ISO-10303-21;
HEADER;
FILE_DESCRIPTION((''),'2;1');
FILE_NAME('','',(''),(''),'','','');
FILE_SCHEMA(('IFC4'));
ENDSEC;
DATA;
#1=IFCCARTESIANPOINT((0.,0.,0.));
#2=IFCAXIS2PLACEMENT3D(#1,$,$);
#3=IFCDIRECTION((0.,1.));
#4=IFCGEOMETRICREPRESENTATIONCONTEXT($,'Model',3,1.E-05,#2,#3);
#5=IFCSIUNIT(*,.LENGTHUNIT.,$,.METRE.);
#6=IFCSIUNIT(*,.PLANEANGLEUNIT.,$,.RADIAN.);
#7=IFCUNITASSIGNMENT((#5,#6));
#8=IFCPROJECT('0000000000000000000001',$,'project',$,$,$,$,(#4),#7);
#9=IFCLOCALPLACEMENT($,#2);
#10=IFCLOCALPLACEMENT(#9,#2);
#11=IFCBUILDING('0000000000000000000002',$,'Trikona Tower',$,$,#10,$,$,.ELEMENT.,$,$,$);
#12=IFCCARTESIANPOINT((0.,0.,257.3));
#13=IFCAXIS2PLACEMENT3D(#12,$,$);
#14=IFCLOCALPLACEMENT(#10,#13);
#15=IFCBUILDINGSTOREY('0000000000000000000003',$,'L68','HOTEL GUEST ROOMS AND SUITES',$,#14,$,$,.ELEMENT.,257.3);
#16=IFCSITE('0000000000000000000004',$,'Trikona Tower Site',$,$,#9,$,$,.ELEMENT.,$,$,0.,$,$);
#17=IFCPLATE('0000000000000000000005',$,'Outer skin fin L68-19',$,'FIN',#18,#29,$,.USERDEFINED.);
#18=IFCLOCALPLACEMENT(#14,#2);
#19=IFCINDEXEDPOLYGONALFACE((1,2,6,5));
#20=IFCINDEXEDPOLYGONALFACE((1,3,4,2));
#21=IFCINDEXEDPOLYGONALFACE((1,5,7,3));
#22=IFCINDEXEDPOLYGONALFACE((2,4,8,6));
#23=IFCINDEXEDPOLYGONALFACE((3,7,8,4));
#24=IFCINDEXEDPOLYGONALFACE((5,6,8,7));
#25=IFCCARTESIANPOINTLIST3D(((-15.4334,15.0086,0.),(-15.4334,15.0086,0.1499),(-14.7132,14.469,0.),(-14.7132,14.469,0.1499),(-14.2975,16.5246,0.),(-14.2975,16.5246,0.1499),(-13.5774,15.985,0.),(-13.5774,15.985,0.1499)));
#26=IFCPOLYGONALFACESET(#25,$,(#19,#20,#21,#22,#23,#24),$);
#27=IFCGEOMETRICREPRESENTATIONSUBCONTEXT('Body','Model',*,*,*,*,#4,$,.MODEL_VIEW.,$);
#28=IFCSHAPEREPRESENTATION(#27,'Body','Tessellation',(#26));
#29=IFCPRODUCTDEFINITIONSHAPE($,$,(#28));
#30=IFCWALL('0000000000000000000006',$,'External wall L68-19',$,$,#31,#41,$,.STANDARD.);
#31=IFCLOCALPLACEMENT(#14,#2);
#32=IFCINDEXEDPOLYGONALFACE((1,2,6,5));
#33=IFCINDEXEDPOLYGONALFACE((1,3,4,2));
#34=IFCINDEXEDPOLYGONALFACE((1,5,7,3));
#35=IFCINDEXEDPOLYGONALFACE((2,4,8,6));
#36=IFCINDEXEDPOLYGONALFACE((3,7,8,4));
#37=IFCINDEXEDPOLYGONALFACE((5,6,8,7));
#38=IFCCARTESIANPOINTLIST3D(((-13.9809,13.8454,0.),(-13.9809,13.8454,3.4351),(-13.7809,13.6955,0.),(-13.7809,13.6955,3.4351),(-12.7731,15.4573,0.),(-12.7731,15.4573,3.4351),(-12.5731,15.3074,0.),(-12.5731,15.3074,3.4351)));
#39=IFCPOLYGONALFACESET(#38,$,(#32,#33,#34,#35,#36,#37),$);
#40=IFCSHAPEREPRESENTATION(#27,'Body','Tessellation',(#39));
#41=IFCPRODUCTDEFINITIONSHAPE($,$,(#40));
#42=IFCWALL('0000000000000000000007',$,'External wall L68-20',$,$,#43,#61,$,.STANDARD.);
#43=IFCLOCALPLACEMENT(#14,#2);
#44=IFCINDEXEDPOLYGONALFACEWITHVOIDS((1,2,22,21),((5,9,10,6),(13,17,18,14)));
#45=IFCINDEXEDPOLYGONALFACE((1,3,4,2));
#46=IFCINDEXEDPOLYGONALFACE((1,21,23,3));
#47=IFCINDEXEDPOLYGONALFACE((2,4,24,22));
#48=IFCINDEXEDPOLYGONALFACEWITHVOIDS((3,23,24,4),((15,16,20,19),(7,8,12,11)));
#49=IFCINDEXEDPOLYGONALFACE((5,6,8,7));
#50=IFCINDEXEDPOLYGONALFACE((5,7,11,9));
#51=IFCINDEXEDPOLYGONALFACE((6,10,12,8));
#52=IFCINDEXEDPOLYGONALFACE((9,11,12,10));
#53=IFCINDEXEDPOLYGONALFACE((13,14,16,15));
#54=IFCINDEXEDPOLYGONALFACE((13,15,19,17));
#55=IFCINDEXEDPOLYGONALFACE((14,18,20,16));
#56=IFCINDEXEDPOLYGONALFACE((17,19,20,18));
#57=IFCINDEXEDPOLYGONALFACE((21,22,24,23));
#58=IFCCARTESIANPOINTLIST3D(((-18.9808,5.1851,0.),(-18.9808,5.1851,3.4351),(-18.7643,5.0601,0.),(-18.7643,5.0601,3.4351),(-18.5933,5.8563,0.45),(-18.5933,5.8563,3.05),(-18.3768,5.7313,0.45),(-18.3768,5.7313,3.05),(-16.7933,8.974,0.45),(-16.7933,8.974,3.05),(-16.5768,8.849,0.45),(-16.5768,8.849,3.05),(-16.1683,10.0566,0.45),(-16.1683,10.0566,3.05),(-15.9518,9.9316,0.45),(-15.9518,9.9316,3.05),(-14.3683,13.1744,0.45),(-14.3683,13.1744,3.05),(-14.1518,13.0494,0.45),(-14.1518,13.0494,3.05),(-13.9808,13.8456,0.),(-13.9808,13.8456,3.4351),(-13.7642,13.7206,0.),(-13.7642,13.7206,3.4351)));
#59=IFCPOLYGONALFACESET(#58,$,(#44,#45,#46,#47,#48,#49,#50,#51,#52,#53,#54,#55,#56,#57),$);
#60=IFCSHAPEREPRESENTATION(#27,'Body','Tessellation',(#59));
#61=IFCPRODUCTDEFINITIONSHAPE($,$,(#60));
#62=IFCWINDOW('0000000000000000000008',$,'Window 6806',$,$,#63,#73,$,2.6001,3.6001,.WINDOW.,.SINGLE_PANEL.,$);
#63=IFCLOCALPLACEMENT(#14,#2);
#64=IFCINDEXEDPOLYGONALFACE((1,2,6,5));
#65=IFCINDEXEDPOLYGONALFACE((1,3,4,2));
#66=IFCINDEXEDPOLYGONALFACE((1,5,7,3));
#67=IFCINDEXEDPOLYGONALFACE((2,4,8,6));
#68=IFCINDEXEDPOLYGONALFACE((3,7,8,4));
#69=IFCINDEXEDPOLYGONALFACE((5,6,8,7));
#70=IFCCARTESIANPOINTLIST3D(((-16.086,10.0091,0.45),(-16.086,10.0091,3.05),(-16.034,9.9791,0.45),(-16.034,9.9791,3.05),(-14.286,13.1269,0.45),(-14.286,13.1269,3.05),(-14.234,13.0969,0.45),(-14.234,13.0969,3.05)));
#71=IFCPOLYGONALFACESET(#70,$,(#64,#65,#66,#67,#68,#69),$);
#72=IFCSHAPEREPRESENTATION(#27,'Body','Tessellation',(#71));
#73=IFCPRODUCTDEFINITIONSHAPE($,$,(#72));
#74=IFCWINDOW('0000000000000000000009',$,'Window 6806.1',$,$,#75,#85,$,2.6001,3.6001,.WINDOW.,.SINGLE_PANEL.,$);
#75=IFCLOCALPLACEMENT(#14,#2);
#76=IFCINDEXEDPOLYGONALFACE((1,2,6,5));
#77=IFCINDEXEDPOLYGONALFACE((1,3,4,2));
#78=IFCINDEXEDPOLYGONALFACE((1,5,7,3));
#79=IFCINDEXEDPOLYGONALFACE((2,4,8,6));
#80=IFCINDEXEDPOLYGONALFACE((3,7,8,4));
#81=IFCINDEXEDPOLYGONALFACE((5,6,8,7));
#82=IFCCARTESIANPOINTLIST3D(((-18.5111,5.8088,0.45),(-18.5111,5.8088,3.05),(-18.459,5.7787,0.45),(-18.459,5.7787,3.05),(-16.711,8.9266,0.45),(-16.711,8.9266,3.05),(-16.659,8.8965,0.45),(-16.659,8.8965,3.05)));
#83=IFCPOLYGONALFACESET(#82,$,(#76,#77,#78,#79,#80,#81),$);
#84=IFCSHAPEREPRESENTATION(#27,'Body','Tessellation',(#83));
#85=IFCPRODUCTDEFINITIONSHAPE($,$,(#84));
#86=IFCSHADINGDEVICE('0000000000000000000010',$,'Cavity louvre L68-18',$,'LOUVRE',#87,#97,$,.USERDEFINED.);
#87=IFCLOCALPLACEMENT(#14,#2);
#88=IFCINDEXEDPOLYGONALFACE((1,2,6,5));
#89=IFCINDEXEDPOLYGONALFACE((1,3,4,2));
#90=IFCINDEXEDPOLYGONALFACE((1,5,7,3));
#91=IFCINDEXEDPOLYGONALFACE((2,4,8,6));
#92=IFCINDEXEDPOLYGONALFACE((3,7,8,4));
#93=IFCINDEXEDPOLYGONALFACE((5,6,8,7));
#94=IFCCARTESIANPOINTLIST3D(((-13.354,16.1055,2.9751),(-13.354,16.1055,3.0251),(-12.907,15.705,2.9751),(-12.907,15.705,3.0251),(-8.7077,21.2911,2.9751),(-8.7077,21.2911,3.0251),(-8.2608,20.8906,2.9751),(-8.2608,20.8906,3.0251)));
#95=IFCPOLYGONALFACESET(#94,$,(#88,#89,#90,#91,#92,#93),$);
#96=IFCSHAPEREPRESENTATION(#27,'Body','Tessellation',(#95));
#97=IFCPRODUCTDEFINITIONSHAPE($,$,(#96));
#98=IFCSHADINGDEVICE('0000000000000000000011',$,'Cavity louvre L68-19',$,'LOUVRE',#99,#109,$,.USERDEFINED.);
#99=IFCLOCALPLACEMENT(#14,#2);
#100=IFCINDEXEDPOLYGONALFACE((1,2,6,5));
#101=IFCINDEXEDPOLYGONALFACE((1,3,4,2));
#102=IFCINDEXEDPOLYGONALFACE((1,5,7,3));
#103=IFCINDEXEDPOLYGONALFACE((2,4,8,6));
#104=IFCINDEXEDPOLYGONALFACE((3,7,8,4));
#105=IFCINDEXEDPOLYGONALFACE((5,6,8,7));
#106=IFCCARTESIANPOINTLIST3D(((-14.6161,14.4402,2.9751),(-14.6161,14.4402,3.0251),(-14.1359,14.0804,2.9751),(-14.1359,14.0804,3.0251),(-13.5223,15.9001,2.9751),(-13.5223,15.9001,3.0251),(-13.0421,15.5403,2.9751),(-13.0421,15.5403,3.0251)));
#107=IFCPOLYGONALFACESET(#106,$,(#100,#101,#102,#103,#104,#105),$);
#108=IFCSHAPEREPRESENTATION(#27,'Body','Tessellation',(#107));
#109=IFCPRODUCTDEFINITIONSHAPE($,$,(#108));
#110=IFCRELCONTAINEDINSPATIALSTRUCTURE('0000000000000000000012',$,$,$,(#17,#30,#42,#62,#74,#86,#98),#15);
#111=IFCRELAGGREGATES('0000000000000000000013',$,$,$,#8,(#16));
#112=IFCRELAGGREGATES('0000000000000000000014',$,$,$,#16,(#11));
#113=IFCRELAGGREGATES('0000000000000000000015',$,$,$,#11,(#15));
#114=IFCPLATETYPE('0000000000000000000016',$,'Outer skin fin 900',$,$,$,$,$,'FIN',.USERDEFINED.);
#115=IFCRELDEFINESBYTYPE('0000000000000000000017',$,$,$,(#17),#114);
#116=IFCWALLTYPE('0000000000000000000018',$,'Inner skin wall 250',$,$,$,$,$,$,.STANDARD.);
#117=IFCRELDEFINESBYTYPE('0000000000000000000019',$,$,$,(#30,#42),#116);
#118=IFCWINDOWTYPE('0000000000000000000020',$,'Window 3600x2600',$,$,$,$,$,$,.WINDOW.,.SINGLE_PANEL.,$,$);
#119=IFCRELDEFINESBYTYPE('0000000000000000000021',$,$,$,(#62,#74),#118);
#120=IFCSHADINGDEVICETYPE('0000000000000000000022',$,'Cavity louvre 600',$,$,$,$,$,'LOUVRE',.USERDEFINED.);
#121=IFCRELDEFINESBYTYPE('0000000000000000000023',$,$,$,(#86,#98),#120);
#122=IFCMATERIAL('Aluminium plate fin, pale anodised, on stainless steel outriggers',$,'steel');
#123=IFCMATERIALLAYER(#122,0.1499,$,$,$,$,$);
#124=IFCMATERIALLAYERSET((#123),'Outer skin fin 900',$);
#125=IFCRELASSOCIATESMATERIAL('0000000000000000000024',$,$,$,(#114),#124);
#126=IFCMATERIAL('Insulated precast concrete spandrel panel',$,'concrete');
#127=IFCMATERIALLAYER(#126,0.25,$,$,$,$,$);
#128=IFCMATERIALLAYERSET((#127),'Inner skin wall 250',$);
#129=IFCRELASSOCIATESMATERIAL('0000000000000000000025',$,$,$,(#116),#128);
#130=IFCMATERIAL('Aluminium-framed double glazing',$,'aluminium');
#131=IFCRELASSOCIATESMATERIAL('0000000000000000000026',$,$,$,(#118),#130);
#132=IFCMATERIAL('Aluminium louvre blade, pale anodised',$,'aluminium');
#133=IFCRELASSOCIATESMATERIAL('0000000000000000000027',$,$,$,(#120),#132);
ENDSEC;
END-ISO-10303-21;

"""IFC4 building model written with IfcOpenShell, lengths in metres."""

from ifc_helpers import new_model, si_unit, direction, frame, frame_2d, origin, origin_2d, place, context, subcontext, project, spatial, rectangle, extrude, material, layer, layer_set, type_object, element, fill, save


model = new_model("IFC4")

# Units and contexts
model_context = context("Model", 3, precision=1e-05, world=origin(), true_north=direction((0.0, 1.0)))
body_context = subcontext(model_context, "Body", "Model", "MODEL_VIEW")
ifc_project = project(units=[si_unit("LENGTHUNIT", "METRE"), si_unit("PLANEANGLEUNIT", "RADIAN")], contexts=[model_context])

# Site, building, storey
site_placement = place(None, origin())
site = spatial("IfcSite", under=ifc_project, at=site_placement, Name="Trikona Tower Site", CompositionType="ELEMENT", RefElevation=0.0)
building_placement = place(site_placement, origin())
building = spatial("IfcBuilding", under=site, at=building_placement, Name="Trikona Tower", CompositionType="ELEMENT")
storey_placement = place(building_placement, frame((0.0, 0.0, 257.3)))
storey = spatial("IfcBuildingStorey", under=building, at=storey_placement, Name="L68", Description="HOTEL GUEST ROOMS AND SUITES", CompositionType="ELEMENT", Elevation=257.3)

# Plate
ifc_material_1 = material(Name="Aluminium plate fin, pale anodised, on stainless steel outriggers", Category="steel")
ifc_layer_1 = layer(ifc_material_1, 0.1499)
ifc_layer_set_1 = layer_set([ifc_layer_1], Name="Outer skin fin 900")
plate_type_1 = type_object("IfcPlateType", Name="Outer skin fin 900", ElementType="FIN", PredefinedType="USERDEFINED", material=ifc_layer_set_1)
plate_1_placement = place(storey_placement, frame((-14.5054, 15.4968, 0.0), z_axis=(0.0, 0.0, 1.0), x_axis=(-0.599619, -0.800286, 0.0)))
element("IfcPlate", 1, at=plate_1_placement, inside=storey, type_object=plate_type_1, Name="Outer skin fin L68-19", ObjectType="FIN", PredefinedType="USERDEFINED", context=body_context, shape_type="SweptSolid", body=[
    extrude(rectangle(XDim=1.8943, YDim=0.8999, at=origin_2d()), origin(), (0.0, 0.0, 1.0), 0.1499),
])

# Wall
ifc_material_2 = material(Name="Insulated precast concrete spandrel panel", Category="concrete")
ifc_layer_2 = layer(ifc_material_2, 0.25)
ifc_layer_set_2 = layer_set([ifc_layer_2], Name="Inner skin wall 250")
wall_type = type_object("IfcWallType", Name="Inner skin wall 250", PredefinedType="STANDARD", material=ifc_layer_set_2)
wall_1_placement = place(storey_placement, frame((-12.6731, 15.3823, 0.0), z_axis=(0.0, 0.0, 1.0), x_axis=(-0.599651, -0.800262, 0.0)))
element("IfcWall", 2, at=wall_1_placement, inside=storey, type_object=wall_type, Name="External wall L68-19", PredefinedType="STANDARD", context=body_context, shape_type="SweptSolid", body=[
    extrude(rectangle(XDim=2.0142, YDim=0.25, at=frame_2d((1.0071, 0.0))), origin(), (0.0, 0.0, 1.0), 3.4351),
])

# Wall, openings, windows
wall_2_placement = place(storey_placement, frame((-13.8726, 13.783, 0.0), z_axis=(0.0, 0.0, 1.0), x_axis=(-0.499994, -0.866029, 0.0)))
wall_2 = element("IfcWall", 3, at=wall_2_placement, inside=storey, type_object=wall_type, Name="External wall L68-20", PredefinedType="STANDARD", context=body_context, shape_type="SweptSolid", body=[
    extrude(rectangle(XDim=10.0002, YDim=0.25, at=frame_2d((5.0, 0.0))), origin(), (0.0, 0.0, 1.0), 3.4351),
])
opening_1_placement = place(wall_2_placement, frame((0.7749, 0.0, 0.45)))
opening_1 = element("IfcOpeningElement", 4, at=opening_1_placement, cuts=wall_2, PredefinedType="OPENING", context=body_context, shape_type="SweptSolid", body=[
    extrude(rectangle(XDim=3.6001, YDim=2.6001, at=frame_2d((1.8, 1.3))), frame((0.0, 0.135, 0.0), z_axis=(0.0, -1.0, 0.0), x_axis=(1.0, 0.0, 0.0)), (0.0, 0.0, 1.0), 0.27),
])
opening_2_placement = place(wall_2_placement, frame((5.625, 0.0, 0.45)))
opening_2 = element("IfcOpeningElement", 5, at=opening_2_placement, cuts=wall_2, PredefinedType="OPENING", context=body_context, shape_type="SweptSolid", body=[
    extrude(rectangle(XDim=3.6001, YDim=2.6001, at=frame_2d((1.8, 1.3))), frame((0.0, 0.135, 0.0), z_axis=(0.0, -1.0, 0.0), x_axis=(1.0, 0.0, 0.0)), (0.0, 0.0, 1.0), 0.27),
])
ifc_material_3 = material(Name="Aluminium-framed double glazing", Category="aluminium")
window_type = type_object("IfcWindowType", Name="Window 3600x2600", PartitioningType="SINGLE_PANEL", PredefinedType="WINDOW", material=ifc_material_3)
window_1_placement = place(opening_1_placement, origin())
window_1 = element("IfcWindow", 6, at=window_1_placement, inside=storey, type_object=window_type, Name="Window 6806", OverallHeight=2.6001, OverallWidth=3.6001, PartitioningType="SINGLE_PANEL", PredefinedType="WINDOW", context=body_context, shape_type="SweptSolid", body=[
    extrude(rectangle(XDim=3.6001, YDim=2.6001, at=frame_2d((1.8, 1.3))), frame((0.0, 0.03, 0.0), z_axis=(0.0, -1.0, 0.0), x_axis=(1.0, 0.0, 0.0)), (0.0, 0.0, 1.0), 0.0601),
])
fill(opening_1, window_1)
window_2_placement = place(opening_2_placement, origin())
window_2 = element("IfcWindow", 7, at=window_2_placement, inside=storey, type_object=window_type, Name="Window 6806.1", OverallHeight=2.6001, OverallWidth=3.6001, PartitioningType="SINGLE_PANEL", PredefinedType="WINDOW", context=body_context, shape_type="SweptSolid", body=[
    extrude(rectangle(XDim=3.6001, YDim=2.6001, at=frame_2d((1.8, 1.3))), frame((0.0, 0.03, 0.0), z_axis=(0.0, -1.0, 0.0), x_axis=(1.0, 0.0, 0.0)), (0.0, 0.0, 1.0), 0.0601),
])
fill(opening_2, window_2)

# Shading devices
ifc_material_4 = material(Name="Aluminium louvre blade, pale anodised", Category="aluminium")
shading_device_type = type_object("IfcShadingDeviceType", Name="Cavity louvre 600", ElementType="LOUVRE", PredefinedType="USERDEFINED", material=ifc_material_4)
shading_device_1_placement = place(storey_placement, frame((-10.8074, 18.498, 2.9751), z_axis=(0.0, 0.0, 1.0), x_axis=(-0.667311, -0.744779, 0.0)))
element("IfcShadingDevice", 8, at=shading_device_1_placement, inside=storey, type_object=shading_device_type, Name="Cavity louvre L68-18", ObjectType="LOUVRE", PredefinedType="USERDEFINED", context=body_context, shape_type="SweptSolid", body=[
    extrude(rectangle(XDim=6.9626, YDim=0.6001, at=origin_2d()), origin(), (0.0, 0.0, 1.0), 0.05),
])
shading_device_2_placement = place(storey_placement, frame((-13.8291, 14.9902, 2.9751), z_axis=(0.0, 0.0, 1.0), x_axis=(-0.599619, -0.800286, 0.0)))
element("IfcShadingDevice", 9, at=shading_device_2_placement, inside=storey, type_object=shading_device_type, Name="Cavity louvre L68-19", ObjectType="LOUVRE", PredefinedType="USERDEFINED", context=body_context, shape_type="SweptSolid", body=[
    extrude(rectangle(XDim=1.8242, YDim=0.6001, at=origin_2d()), origin(), (0.0, 0.0, 1.0), 0.05),
])

save(model, "model.ifc")
